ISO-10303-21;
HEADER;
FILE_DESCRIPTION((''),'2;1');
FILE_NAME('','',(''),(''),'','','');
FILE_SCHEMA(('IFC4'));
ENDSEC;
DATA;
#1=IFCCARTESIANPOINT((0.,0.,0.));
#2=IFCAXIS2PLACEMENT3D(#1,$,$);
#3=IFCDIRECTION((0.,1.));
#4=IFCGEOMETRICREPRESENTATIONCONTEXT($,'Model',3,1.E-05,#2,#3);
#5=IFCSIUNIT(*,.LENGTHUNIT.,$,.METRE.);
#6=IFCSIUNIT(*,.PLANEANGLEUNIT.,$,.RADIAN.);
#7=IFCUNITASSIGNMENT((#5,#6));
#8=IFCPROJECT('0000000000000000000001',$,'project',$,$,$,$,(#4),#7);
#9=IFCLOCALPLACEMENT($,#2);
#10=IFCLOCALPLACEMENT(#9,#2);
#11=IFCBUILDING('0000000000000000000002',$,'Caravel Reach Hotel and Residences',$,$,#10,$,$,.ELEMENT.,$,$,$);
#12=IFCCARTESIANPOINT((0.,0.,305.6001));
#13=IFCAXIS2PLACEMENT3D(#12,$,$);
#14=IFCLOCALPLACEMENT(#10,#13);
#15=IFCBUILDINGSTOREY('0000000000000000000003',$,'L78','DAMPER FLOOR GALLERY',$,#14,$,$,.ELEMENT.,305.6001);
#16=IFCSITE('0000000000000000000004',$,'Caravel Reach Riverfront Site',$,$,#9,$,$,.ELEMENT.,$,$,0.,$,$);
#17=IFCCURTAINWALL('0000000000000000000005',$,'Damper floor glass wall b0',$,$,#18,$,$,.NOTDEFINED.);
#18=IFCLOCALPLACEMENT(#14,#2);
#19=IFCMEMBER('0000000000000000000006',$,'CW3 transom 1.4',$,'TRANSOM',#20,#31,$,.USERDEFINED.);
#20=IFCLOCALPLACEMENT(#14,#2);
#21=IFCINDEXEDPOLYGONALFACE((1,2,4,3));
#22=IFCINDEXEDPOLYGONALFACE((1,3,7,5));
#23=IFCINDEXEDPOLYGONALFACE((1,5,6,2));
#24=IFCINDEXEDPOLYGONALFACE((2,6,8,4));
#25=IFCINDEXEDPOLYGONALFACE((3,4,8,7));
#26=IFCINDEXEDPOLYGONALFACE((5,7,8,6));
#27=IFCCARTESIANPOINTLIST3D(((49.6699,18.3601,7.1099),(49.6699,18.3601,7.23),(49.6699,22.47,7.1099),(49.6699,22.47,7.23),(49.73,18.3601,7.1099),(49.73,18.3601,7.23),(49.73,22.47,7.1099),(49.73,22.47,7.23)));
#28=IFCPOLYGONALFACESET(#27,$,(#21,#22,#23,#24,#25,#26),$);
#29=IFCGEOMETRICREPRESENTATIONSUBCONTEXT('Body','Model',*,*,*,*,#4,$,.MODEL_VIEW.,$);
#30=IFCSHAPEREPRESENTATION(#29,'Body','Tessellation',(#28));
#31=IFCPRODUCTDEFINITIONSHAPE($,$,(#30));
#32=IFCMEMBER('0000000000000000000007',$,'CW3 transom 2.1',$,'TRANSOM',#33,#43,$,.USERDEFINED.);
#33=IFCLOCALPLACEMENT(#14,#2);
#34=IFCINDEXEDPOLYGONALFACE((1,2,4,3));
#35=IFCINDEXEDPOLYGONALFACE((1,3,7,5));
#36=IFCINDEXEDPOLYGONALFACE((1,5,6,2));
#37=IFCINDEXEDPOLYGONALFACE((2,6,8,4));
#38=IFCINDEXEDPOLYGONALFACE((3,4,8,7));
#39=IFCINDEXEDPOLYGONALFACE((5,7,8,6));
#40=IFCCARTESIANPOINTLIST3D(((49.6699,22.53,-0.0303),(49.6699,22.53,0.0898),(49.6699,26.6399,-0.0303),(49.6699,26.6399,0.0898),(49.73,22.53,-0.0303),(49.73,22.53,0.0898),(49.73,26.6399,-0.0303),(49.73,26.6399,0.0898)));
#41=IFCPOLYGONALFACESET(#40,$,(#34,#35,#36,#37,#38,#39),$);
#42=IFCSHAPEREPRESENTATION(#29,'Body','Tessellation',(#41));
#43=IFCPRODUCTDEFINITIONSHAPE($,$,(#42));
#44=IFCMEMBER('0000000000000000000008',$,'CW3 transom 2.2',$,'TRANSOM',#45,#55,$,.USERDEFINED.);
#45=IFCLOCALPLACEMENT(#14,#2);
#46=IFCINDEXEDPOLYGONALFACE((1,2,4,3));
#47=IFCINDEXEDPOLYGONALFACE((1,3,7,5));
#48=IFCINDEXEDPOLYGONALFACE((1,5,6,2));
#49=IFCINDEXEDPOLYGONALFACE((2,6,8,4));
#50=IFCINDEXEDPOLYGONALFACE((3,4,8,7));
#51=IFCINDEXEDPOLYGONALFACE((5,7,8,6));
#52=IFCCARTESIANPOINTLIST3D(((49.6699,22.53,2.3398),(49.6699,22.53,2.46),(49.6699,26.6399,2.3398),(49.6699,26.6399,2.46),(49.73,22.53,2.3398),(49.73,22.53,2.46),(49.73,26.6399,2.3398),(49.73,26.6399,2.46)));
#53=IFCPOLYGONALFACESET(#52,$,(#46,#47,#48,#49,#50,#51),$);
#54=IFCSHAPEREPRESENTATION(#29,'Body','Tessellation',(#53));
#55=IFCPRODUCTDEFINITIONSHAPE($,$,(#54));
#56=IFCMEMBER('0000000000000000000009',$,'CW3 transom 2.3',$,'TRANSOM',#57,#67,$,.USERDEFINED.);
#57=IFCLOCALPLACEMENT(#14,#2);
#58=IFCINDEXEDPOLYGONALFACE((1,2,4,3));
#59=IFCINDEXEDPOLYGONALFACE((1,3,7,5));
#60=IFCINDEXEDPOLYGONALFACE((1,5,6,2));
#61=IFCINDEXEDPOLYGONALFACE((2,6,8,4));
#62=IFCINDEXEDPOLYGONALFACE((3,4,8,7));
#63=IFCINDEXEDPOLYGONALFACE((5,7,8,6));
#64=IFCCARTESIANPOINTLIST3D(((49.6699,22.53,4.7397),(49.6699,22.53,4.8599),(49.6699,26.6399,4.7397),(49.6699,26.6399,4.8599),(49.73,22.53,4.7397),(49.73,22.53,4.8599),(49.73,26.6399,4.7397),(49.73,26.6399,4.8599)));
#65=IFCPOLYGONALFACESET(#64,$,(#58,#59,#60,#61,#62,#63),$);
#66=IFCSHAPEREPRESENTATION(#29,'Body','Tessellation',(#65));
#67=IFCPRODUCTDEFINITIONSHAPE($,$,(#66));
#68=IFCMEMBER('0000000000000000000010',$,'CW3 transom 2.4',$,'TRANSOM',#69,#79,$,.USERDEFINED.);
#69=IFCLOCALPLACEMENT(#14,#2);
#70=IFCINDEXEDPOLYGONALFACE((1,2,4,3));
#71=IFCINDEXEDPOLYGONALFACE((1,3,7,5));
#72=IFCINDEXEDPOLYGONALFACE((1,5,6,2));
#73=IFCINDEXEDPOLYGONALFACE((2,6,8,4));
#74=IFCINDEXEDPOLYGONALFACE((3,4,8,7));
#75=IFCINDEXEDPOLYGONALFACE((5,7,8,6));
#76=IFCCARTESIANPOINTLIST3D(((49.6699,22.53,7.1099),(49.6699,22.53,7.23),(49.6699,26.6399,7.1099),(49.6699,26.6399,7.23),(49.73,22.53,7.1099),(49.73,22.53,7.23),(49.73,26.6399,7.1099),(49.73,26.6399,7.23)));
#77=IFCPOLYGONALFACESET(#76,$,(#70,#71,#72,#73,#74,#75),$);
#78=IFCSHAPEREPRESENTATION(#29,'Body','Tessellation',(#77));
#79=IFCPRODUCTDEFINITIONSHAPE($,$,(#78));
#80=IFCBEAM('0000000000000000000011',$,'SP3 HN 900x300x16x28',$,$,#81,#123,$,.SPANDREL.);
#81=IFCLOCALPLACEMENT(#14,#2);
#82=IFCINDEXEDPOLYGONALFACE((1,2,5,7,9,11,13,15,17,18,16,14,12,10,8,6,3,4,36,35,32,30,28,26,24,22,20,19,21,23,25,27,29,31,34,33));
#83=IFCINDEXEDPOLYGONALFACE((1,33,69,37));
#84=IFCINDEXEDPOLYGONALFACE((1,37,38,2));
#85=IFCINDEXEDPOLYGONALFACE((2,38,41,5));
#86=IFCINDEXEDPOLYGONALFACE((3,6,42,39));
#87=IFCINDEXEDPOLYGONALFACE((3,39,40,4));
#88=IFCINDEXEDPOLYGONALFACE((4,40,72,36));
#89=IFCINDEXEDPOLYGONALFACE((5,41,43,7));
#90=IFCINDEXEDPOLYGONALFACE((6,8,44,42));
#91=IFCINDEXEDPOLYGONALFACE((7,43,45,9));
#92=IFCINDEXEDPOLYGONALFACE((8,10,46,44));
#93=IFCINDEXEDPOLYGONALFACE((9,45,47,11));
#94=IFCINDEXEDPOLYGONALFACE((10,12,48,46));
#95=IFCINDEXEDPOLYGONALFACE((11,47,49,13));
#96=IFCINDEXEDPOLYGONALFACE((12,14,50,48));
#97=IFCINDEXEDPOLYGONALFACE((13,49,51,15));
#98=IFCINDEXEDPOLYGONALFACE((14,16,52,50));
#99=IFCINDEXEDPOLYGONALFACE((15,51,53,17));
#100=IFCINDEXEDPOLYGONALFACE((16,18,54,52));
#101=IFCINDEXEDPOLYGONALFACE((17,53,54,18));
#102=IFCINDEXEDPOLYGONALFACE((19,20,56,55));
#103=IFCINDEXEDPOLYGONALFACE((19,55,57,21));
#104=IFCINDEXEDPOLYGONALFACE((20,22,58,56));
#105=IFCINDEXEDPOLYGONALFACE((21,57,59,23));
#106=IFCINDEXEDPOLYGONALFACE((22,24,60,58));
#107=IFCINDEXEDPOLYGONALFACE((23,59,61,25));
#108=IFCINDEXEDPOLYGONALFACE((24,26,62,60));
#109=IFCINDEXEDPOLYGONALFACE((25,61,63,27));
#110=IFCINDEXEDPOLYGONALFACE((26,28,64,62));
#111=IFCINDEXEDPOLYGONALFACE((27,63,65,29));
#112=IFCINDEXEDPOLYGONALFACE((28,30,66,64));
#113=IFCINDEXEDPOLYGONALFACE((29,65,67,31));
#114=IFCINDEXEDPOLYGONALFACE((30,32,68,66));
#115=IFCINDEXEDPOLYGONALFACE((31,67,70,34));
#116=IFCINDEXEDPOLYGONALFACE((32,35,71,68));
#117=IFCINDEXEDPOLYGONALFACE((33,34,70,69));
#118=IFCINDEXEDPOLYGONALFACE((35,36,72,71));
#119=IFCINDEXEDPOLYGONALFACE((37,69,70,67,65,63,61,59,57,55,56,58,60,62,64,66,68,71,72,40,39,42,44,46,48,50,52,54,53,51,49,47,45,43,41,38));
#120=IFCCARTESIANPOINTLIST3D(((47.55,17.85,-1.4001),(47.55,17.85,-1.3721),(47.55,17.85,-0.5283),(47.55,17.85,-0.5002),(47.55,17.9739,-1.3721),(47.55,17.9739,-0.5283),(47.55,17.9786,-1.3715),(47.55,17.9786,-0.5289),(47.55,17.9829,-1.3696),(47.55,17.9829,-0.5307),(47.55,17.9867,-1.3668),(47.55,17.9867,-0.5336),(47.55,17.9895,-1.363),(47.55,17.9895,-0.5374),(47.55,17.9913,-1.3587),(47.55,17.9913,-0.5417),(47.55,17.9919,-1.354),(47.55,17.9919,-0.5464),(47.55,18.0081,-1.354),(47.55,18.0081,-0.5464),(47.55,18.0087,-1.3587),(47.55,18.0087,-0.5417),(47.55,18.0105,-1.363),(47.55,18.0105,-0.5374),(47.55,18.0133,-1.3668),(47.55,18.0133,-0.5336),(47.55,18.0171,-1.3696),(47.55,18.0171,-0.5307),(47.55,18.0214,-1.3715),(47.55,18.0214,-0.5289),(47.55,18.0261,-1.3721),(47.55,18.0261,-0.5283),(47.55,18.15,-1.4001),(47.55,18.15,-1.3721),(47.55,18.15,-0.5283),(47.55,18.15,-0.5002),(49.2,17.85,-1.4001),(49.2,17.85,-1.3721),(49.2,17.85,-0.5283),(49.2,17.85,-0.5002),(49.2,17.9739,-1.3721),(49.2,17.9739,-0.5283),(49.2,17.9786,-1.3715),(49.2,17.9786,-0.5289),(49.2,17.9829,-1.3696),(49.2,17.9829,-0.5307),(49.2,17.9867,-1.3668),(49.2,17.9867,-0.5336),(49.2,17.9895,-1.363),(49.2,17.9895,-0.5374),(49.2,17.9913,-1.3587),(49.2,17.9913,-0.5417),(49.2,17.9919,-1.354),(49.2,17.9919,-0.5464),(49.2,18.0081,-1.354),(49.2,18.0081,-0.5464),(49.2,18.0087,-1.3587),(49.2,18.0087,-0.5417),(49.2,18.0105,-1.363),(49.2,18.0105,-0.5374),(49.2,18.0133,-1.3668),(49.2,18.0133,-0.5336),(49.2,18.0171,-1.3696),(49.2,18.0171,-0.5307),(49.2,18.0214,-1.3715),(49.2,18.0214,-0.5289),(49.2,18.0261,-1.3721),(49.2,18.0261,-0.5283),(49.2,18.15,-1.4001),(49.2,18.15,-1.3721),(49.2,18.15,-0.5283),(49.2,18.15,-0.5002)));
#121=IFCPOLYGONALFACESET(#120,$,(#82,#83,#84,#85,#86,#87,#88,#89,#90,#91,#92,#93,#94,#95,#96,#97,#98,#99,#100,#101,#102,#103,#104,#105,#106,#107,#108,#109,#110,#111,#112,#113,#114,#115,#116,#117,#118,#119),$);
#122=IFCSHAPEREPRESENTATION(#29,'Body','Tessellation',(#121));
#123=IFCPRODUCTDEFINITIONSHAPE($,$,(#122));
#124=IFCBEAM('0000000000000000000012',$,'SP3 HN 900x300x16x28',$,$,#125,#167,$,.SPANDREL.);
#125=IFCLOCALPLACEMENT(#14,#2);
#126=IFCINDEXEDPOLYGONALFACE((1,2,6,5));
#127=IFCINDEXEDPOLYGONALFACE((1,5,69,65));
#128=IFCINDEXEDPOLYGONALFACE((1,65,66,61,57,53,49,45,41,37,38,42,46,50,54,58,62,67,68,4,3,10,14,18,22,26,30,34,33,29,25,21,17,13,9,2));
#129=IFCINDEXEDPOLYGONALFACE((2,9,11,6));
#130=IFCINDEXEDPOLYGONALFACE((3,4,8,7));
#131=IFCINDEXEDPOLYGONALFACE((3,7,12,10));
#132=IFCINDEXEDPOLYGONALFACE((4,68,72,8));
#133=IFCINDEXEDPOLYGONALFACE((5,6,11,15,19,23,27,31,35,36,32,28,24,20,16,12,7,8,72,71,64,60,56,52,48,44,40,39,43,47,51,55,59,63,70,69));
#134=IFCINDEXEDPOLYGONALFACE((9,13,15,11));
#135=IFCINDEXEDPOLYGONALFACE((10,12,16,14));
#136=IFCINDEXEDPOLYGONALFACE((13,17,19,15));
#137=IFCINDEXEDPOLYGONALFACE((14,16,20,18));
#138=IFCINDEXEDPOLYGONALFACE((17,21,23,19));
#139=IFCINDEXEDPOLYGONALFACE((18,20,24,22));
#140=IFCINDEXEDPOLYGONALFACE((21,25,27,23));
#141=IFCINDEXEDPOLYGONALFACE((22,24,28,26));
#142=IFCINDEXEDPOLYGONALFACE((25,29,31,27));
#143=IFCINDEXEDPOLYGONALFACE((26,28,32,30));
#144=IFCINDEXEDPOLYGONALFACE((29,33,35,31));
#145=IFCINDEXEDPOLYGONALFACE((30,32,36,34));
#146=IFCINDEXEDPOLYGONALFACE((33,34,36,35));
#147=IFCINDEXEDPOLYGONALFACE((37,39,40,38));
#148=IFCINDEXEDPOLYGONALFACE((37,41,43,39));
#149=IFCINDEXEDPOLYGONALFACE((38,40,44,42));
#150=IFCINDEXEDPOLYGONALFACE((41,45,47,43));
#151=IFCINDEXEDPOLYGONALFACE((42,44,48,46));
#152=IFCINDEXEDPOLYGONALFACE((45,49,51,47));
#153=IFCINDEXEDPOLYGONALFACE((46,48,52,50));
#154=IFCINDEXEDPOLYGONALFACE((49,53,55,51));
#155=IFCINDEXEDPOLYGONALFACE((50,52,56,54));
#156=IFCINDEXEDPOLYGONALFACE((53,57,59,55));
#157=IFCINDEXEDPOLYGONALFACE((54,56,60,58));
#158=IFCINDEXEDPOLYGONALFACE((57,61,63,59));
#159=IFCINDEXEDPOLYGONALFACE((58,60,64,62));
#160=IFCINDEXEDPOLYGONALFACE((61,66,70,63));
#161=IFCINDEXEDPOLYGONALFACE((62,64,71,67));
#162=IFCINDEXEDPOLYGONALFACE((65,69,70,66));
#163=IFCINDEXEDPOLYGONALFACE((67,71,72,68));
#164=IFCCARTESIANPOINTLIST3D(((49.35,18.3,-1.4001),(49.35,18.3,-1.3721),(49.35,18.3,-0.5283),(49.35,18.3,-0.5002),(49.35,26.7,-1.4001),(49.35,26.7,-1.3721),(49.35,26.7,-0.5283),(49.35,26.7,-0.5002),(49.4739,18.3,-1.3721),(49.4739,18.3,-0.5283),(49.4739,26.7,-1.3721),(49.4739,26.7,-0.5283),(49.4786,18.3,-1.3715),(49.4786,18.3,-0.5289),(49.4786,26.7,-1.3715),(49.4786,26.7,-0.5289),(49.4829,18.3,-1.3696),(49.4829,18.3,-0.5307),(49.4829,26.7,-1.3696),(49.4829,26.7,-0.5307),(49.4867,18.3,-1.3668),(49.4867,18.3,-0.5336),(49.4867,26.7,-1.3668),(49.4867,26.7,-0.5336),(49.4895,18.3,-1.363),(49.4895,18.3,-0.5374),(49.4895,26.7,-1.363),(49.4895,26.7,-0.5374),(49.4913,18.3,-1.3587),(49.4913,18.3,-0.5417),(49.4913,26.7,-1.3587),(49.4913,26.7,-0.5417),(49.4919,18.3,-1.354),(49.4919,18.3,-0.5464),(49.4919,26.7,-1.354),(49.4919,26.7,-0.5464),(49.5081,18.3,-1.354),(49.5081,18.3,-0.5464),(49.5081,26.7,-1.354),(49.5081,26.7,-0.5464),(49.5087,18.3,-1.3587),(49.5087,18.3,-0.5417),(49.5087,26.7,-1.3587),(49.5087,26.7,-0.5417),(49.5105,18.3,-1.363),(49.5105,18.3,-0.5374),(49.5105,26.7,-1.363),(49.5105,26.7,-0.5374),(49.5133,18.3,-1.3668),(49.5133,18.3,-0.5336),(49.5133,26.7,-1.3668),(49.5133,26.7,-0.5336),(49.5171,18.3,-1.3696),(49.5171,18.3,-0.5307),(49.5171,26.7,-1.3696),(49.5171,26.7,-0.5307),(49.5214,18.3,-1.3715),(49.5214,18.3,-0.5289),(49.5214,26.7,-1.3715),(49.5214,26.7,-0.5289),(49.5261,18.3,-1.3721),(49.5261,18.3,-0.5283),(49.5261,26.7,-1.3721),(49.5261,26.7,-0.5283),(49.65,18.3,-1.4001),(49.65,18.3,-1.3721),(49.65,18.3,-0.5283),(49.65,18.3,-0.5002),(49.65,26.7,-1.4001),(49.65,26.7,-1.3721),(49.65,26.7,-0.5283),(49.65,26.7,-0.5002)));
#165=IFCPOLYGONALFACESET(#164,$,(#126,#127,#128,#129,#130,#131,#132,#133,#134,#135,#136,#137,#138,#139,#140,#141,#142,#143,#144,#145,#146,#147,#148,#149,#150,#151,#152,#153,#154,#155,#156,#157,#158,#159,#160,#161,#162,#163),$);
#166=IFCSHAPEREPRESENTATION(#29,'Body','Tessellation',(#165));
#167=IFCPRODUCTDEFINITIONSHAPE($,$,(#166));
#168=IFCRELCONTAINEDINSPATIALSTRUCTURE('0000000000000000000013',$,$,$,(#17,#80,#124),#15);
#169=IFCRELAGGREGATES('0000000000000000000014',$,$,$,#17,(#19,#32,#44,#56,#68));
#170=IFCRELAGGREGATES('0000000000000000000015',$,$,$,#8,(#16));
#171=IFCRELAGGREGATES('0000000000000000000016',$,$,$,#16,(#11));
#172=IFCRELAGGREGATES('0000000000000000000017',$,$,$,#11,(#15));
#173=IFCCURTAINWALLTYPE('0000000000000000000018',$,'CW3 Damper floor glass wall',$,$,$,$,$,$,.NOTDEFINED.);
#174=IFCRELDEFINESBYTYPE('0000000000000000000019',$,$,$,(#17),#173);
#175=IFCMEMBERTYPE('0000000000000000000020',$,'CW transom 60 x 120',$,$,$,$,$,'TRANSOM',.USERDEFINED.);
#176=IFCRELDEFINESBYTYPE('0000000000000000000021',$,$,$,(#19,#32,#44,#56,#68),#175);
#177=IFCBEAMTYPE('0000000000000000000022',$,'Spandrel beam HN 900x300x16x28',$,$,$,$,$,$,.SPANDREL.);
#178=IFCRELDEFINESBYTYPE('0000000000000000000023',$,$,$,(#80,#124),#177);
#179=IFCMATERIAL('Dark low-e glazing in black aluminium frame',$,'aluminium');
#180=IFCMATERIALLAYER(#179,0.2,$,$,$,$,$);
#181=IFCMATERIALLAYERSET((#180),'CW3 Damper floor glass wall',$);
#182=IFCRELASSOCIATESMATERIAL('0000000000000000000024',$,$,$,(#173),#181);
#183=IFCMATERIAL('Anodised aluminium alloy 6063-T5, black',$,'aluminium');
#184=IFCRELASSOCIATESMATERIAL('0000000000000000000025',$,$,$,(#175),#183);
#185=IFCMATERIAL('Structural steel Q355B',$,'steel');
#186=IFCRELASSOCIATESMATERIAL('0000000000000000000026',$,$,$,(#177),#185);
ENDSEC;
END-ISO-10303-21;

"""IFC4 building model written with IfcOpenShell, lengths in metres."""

from ifc_helpers import new_model, si_unit, direction, frame, origin, origin_2d, place, context, subcontext, project, spatial, rectangle, i_section, extrude, material, layer, layer_set, material_profile, profile_set, type_object, element, aggregate, save


model = new_model("IFC4")

# Units and contexts
model_context = context("Model", 3, precision=1e-05, world=origin(), true_north=direction((0.0, 1.0)))
body_context = subcontext(model_context, "Body", "Model", "MODEL_VIEW")
ifc_project = project(units=[si_unit("LENGTHUNIT", "METRE"), si_unit("PLANEANGLEUNIT", "RADIAN")], contexts=[model_context])

# Site, building, storey
site_placement = place(None, origin())
site = spatial("IfcSite", under=ifc_project, at=site_placement, Name="Caravel Reach Riverfront Site", CompositionType="ELEMENT", RefElevation=0.0)
building_placement = place(site_placement, origin())
building = spatial("IfcBuilding", under=site, at=building_placement, Name="Caravel Reach Hotel and Residences", CompositionType="ELEMENT")
storey_placement = place(building_placement, frame((0.0, 0.0, 305.6001)))
storey = spatial("IfcBuildingStorey", under=building, at=storey_placement, Name="L78", Description="DAMPER FLOOR GALLERY", CompositionType="ELEMENT", Elevation=305.6001)

# Shared definitions
ifc_material_1 = material(Name="Dark low-e glazing in black aluminium frame", Category="aluminium")
ifc_layer_1 = layer(ifc_material_1, 0.2)
ifc_layer_set_1 = layer_set([ifc_layer_1], Name="CW3 Damper floor glass wall")
curtain_wall_type = type_object("IfcCurtainWallType", Name="CW3 Damper floor glass wall", PredefinedType="NOTDEFINED", material=ifc_layer_set_1)

# Curtain wall
curtain_wall_1_placement = place(storey_placement, origin())
curtain_wall_1 = element("IfcCurtainWall", 1, at=curtain_wall_1_placement, inside=storey, type_object=curtain_wall_type, Name="Damper floor glass wall b0", PredefinedType="NOTDEFINED")

# Members
ifc_material_2 = material(Name="Anodised aluminium alloy 6063-T5, black", Category="aluminium")
ifc_material_profile_1 = material_profile(ifc_material_2, rectangle(XDim=0.0601, YDim=0.1201, at=origin_2d()), Name="CW transom 60 x 120")
ifc_profile_set_1 = profile_set([ifc_material_profile_1], Name="Anodised aluminium alloy 6063-T5, black")
member_type_1 = type_object("IfcMemberType", Name="CW transom 60 x 120", ElementType="TRANSOM", PredefinedType="USERDEFINED", material=ifc_profile_set_1)
member_1_placement = place(storey_placement, frame((49.7, 18.3601, 7.1699), z_axis=(0.0, 1.0, 0.0), x_axis=(-1.0, 0.0, 0.0)))
member_1 = element("IfcMember", 2, at=member_1_placement, type_object=member_type_1, Name="CW3 transom 1.4", ObjectType="TRANSOM", PredefinedType="USERDEFINED", context=body_context, shape_type="SweptSolid", body=[
    extrude(rectangle(XDim=0.0601, YDim=0.1201, at=origin_2d()), origin(), (0.0, 0.0, 1.0), 4.1099),
])
member_2_placement = place(storey_placement, frame((49.7, 22.53, 0.0298), z_axis=(0.0, 1.0, 0.0), x_axis=(-1.0, 0.0, 0.0)))
member_2 = element("IfcMember", 3, at=member_2_placement, type_object=member_type_1, Name="CW3 transom 2.1", ObjectType="TRANSOM", PredefinedType="USERDEFINED", context=body_context, shape_type="SweptSolid", body=[
    extrude(rectangle(XDim=0.0601, YDim=0.1201, at=origin_2d()), origin(), (0.0, 0.0, 1.0), 4.1099),
])
member_3_placement = place(storey_placement, frame((49.7, 22.53, 2.3999), z_axis=(0.0, 1.0, 0.0), x_axis=(-1.0, 0.0, 0.0)))
member_3 = element("IfcMember", 4, at=member_3_placement, type_object=member_type_1, Name="CW3 transom 2.2", ObjectType="TRANSOM", PredefinedType="USERDEFINED", context=body_context, shape_type="SweptSolid", body=[
    extrude(rectangle(XDim=0.0601, YDim=0.1201, at=origin_2d()), origin(), (0.0, 0.0, 1.0), 4.1099),
])
member_4_placement = place(storey_placement, frame((49.7, 22.53, 4.7998), z_axis=(0.0, 1.0, 0.0), x_axis=(-1.0, 0.0, 0.0)))
member_4 = element("IfcMember", 5, at=member_4_placement, type_object=member_type_1, Name="CW3 transom 2.3", ObjectType="TRANSOM", PredefinedType="USERDEFINED", context=body_context, shape_type="SweptSolid", body=[
    extrude(rectangle(XDim=0.0601, YDim=0.1201, at=origin_2d()), origin(), (0.0, 0.0, 1.0), 4.1099),
])
member_5_placement = place(storey_placement, frame((49.7, 22.53, 7.1699), z_axis=(0.0, 1.0, 0.0), x_axis=(-1.0, 0.0, 0.0)))
member_5 = element("IfcMember", 6, at=member_5_placement, type_object=member_type_1, Name="CW3 transom 2.4", ObjectType="TRANSOM", PredefinedType="USERDEFINED", context=body_context, shape_type="SweptSolid", body=[
    extrude(rectangle(XDim=0.0601, YDim=0.1201, at=origin_2d()), origin(), (0.0, 0.0, 1.0), 4.1099),
])

# Beams
ifc_material_3 = material(Name="Structural steel Q355B", Category="steel")
ifc_material_profile_2 = material_profile(ifc_material_3, i_section(OverallWidth=0.3, OverallDepth=0.8999, WebThickness=0.0161, FlangeThickness=0.0281, FilletRadius=0.0181, at=origin_2d()), Name="HN 900x300x16x28")
ifc_profile_set_2 = profile_set([ifc_material_profile_2], Name="Structural steel Q355B")
beam_type = type_object("IfcBeamType", Name="Spandrel beam HN 900x300x16x28", PredefinedType="SPANDREL", material=ifc_profile_set_2)
beam_placement = place(storey_placement, frame((47.55, 18.0, -0.9502), z_axis=(1.0, 0.0, 0.0), x_axis=(0.0, 1.0, 0.0)))
element("IfcBeam", 7, at=beam_placement, inside=storey, type_object=beam_type, Name="SP3 HN 900x300x16x28", PredefinedType="SPANDREL", context=body_context, shape_type="SweptSolid", body=[
    extrude(i_section(OverallWidth=0.3, OverallDepth=0.8999, WebThickness=0.0161, FlangeThickness=0.0281, FilletRadius=0.0181, at=origin_2d()), origin(), (0.0, 0.0, 1.0), 1.6499),
])
for number, where, z_axis, x_axis, name in (
    (8, (49.5, 18.3, -0.9502), (0.0, 1.0, 0.0), (-1.0, 0.0, 0.0), "SP3 HN 900x300x16x28"),
):
    element("IfcBeam", number, at=place(storey_placement, frame(where, z_axis=z_axis, x_axis=x_axis)), inside=storey, type_object=beam_type, Name=name, PredefinedType="SPANDREL", context=body_context, shape_type="SweptSolid", body=[
        extrude(i_section(OverallWidth=0.3, OverallDepth=0.8999, WebThickness=0.0161, FlangeThickness=0.0281, FilletRadius=0.0181, at=origin_2d()), origin(), (0.0, 0.0, 1.0), 8.3999),
    ])

aggregate(curtain_wall_1, [member_1, member_2, member_3, member_4, member_5])

save(model, "model.ifc")
